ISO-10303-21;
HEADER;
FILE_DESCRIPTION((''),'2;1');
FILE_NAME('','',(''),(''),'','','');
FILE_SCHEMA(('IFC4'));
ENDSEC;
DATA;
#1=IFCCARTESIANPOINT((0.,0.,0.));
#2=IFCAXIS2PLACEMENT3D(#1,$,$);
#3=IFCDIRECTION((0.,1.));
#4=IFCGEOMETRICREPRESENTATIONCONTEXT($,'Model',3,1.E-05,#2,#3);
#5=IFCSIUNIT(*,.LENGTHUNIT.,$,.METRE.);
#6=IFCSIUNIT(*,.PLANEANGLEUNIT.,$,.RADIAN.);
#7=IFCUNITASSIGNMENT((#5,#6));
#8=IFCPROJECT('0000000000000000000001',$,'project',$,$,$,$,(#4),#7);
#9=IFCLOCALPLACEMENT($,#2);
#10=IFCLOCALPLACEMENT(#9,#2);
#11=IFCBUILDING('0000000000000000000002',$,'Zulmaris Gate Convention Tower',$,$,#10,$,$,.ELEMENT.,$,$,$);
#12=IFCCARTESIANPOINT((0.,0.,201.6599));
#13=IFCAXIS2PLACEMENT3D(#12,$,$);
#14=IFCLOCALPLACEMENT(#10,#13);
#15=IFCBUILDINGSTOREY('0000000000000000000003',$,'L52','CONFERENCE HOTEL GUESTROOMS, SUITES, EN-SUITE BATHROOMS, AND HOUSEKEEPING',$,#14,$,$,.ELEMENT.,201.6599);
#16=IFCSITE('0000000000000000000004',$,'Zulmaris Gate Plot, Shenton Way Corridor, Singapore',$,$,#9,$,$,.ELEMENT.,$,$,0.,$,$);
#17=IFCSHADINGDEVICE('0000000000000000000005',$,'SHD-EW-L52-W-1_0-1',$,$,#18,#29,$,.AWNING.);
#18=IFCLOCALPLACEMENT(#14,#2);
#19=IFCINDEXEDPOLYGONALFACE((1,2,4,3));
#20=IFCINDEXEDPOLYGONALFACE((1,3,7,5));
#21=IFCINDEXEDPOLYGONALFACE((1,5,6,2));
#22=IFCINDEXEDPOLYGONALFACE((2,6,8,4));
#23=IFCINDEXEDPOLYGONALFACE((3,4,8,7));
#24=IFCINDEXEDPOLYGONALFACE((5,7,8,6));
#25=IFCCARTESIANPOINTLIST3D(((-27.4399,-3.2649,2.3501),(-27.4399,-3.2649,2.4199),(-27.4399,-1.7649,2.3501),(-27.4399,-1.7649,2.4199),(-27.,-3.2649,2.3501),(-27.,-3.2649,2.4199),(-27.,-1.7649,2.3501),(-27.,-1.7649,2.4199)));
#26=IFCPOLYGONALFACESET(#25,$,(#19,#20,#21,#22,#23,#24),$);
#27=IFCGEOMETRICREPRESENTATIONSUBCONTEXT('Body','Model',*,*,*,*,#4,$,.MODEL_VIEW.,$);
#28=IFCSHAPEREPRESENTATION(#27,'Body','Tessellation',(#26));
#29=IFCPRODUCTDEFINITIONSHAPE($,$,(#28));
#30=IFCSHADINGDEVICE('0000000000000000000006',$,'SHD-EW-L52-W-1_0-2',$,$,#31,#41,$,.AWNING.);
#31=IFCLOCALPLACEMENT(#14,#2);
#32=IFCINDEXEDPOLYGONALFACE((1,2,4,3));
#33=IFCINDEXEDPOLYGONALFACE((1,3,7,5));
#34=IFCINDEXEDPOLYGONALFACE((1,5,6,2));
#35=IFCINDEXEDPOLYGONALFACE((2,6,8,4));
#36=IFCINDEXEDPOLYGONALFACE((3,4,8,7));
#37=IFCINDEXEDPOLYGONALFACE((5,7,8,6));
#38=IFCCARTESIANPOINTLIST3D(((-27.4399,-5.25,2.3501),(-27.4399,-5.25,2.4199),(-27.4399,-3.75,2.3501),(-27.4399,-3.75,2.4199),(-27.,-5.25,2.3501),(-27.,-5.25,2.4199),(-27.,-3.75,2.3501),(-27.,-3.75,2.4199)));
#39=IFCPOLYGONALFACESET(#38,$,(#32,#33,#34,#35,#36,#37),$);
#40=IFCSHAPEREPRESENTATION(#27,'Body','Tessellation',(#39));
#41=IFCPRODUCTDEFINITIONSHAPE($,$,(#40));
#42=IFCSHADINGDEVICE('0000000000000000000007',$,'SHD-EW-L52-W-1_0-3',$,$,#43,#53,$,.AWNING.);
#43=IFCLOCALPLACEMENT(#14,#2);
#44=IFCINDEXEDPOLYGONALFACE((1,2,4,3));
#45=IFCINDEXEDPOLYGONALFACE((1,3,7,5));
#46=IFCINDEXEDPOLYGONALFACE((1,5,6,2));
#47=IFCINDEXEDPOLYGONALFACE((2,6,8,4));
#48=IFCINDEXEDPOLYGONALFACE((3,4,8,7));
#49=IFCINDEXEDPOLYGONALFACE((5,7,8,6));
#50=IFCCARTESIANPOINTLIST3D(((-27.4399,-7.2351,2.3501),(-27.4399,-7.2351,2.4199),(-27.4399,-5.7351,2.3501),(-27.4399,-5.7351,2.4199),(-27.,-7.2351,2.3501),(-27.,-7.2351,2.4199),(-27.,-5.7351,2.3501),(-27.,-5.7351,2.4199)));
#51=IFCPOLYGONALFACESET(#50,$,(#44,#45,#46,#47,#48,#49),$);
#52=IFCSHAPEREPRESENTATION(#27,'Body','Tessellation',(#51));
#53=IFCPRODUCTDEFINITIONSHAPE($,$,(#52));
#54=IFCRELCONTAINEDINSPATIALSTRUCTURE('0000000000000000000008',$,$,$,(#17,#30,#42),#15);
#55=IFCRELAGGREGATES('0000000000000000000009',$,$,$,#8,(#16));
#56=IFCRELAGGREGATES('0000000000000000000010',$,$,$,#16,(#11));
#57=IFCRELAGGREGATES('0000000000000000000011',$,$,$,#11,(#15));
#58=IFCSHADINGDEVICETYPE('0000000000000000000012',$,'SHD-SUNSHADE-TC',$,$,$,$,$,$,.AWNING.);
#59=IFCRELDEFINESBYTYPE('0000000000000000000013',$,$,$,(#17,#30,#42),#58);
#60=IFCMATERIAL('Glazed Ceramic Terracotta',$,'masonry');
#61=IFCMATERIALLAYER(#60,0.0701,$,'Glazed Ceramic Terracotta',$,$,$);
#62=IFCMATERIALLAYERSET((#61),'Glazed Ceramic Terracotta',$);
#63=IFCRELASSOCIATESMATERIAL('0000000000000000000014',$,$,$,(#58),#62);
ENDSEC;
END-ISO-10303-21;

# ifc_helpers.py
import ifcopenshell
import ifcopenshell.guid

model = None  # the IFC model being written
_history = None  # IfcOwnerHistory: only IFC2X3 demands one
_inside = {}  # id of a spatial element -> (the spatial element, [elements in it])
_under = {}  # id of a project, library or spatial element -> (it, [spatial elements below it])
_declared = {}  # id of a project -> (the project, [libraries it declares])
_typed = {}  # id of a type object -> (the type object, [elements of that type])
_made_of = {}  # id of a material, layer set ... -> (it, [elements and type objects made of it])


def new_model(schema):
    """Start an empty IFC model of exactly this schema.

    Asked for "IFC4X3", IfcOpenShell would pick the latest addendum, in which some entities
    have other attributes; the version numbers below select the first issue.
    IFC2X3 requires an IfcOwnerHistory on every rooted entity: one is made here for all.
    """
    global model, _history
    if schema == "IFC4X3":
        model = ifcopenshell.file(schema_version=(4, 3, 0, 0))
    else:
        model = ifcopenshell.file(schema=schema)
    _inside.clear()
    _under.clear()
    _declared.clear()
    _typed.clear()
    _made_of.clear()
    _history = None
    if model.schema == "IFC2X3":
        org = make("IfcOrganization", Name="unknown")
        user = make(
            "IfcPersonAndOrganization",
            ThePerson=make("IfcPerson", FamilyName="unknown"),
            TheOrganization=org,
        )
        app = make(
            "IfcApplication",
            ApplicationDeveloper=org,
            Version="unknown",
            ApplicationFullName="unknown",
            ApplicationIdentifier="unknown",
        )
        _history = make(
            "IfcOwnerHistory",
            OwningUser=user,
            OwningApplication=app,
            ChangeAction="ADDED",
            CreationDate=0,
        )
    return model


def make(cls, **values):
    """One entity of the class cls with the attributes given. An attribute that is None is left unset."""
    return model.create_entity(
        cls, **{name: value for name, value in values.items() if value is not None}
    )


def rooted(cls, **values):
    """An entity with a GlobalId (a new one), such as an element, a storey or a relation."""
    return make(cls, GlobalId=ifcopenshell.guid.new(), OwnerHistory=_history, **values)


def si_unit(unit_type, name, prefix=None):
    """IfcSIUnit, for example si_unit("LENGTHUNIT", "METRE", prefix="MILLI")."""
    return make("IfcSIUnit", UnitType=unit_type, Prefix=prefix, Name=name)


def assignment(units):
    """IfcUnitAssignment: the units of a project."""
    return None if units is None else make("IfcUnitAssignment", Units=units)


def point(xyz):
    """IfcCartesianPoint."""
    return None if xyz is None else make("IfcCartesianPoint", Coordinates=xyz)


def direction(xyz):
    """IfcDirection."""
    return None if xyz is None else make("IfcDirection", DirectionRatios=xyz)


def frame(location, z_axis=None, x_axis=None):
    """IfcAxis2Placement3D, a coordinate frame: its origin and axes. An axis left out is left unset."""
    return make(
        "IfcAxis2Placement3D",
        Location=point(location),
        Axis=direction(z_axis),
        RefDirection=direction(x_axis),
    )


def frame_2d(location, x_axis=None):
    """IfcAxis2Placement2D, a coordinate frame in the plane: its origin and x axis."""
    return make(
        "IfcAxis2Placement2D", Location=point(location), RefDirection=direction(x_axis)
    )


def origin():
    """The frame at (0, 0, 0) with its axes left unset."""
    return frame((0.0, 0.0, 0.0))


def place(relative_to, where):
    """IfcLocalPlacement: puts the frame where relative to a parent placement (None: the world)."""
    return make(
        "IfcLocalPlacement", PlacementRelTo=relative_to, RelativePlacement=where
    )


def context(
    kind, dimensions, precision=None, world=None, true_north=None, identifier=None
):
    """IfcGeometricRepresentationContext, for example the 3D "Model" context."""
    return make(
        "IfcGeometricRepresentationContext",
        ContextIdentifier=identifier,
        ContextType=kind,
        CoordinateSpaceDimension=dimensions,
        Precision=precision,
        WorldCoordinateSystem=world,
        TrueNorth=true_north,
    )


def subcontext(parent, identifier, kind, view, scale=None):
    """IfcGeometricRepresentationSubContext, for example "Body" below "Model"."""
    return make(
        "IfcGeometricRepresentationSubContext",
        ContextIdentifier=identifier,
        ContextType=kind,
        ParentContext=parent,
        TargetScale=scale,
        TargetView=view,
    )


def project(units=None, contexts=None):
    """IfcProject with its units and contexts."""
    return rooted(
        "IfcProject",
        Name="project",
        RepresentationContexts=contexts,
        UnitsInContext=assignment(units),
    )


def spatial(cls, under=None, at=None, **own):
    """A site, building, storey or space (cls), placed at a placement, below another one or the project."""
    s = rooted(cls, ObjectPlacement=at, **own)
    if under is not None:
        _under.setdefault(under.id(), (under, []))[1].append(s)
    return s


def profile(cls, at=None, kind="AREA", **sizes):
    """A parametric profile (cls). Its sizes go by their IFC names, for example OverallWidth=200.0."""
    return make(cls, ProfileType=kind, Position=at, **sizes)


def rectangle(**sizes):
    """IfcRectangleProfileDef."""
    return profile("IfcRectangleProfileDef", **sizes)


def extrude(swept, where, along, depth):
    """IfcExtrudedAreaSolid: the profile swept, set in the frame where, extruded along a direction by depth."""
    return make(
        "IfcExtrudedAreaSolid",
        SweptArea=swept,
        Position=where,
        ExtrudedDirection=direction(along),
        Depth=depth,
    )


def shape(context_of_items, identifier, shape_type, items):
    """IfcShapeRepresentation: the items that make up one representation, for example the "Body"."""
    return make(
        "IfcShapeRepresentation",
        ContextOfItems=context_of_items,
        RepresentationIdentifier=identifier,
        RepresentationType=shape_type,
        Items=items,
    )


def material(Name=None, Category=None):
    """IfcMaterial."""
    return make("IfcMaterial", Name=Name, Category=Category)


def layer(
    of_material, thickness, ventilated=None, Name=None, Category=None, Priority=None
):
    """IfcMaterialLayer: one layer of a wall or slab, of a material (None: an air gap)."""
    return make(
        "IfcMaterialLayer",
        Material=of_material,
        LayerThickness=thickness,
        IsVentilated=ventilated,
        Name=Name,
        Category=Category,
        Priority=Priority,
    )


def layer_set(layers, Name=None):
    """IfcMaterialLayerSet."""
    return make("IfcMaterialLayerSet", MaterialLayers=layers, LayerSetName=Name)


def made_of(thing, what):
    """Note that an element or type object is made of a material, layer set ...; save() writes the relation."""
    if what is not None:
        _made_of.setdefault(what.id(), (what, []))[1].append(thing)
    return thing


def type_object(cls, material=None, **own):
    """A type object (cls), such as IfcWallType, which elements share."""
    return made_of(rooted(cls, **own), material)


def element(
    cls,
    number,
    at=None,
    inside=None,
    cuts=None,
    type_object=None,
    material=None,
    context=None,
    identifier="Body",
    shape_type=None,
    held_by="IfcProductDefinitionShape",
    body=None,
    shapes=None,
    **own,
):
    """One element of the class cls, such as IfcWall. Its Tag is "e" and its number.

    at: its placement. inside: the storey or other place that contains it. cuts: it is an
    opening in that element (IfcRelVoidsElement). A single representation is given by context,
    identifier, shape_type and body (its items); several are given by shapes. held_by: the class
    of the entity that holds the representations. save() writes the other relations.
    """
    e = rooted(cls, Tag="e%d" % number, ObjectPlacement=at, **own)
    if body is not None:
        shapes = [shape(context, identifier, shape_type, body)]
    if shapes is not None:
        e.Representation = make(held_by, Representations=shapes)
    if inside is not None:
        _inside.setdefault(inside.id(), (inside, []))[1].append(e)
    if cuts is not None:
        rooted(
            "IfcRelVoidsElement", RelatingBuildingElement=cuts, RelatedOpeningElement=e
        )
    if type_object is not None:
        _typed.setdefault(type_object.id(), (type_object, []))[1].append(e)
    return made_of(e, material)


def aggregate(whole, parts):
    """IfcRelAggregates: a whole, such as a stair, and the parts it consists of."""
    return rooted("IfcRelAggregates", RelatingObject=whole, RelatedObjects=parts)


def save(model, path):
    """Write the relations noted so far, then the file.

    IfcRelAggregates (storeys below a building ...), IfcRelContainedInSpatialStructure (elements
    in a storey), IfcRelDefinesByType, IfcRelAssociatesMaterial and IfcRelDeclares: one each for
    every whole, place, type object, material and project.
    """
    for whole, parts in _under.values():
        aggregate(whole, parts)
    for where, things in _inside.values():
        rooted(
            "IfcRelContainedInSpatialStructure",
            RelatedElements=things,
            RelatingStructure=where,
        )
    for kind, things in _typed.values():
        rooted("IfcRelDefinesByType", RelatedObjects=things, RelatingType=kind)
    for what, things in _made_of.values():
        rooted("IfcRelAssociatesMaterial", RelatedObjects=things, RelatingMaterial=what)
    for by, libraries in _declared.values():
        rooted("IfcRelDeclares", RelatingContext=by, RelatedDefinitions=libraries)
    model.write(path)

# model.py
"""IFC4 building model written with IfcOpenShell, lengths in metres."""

from ifc_helpers import new_model, si_unit, direction, frame, frame_2d, origin, place, context, subcontext, project, spatial, rectangle, extrude, material, layer, layer_set, type_object, element, save


model = new_model("IFC4")

# Units and contexts
model_context = context("Model", 3, precision=1e-05, world=origin(), true_north=direction((0.0, 1.0)))
body_context = subcontext(model_context, "Body", "Model", "MODEL_VIEW")
ifc_project = project(units=[si_unit("LENGTHUNIT", "METRE"), si_unit("PLANEANGLEUNIT", "RADIAN")], contexts=[model_context])

# Site, building, storey
site_placement = place(None, origin())
site = spatial("IfcSite", under=ifc_project, at=site_placement, Name="Zulmaris Gate Plot, Shenton Way Corridor, Singapore", CompositionType="ELEMENT", RefElevation=0.0)
building_placement = place(site_placement, origin())
building = spatial("IfcBuilding", under=site, at=building_placement, Name="Zulmaris Gate Convention Tower", CompositionType="ELEMENT")
storey_placement = place(building_placement, frame((0.0, 0.0, 201.6599)))
storey = spatial("IfcBuildingStorey", under=building, at=storey_placement, Name="L52", Description="CONFERENCE HOTEL GUESTROOMS, SUITES, EN-SUITE BATHROOMS, AND HOUSEKEEPING", CompositionType="ELEMENT", Elevation=201.6599)

# Shading devices
ifc_material_1 = material(Name="Glazed Ceramic Terracotta", Category="masonry")
ifc_layer_1 = layer(ifc_material_1, 0.0701, Name="Glazed Ceramic Terracotta")
ifc_layer_set_1 = layer_set([ifc_layer_1], Name="Glazed Ceramic Terracotta")
shading_device_type = type_object("IfcShadingDeviceType", Name="SHD-SUNSHADE-TC", PredefinedType="AWNING", material=ifc_layer_set_1)
for number, where, z_axis, x_axis, name in (
    (1, (-27.22, -1.7649, 2.3501), (0.0, 0.0, 1.0), (0.0, -1.0, 0.0), "SHD-EW-L52-W-1_0-1"),
    (2, (-27.22, -3.75, 2.3501), (0.0, 0.0, 1.0), (0.0, -1.0, 0.0), "SHD-EW-L52-W-1_0-2"),
    (3, (-27.22, -5.7351, 2.3501), (0.0, 0.0, 1.0), (0.0, -1.0, 0.0), "SHD-EW-L52-W-1_0-3"),
):
    element("IfcShadingDevice", number, at=place(storey_placement, frame(where, z_axis=z_axis, x_axis=x_axis)), inside=storey, type_object=shading_device_type, Name=name, PredefinedType="AWNING", context=body_context, shape_type="SweptSolid", body=[
        extrude(rectangle(XDim=1.5, YDim=0.4399, at=frame_2d((0.75, 0.0))), origin(), (0.0, 0.0, 1.0), 0.0698),
    ])

save(model, "model.ifc")
